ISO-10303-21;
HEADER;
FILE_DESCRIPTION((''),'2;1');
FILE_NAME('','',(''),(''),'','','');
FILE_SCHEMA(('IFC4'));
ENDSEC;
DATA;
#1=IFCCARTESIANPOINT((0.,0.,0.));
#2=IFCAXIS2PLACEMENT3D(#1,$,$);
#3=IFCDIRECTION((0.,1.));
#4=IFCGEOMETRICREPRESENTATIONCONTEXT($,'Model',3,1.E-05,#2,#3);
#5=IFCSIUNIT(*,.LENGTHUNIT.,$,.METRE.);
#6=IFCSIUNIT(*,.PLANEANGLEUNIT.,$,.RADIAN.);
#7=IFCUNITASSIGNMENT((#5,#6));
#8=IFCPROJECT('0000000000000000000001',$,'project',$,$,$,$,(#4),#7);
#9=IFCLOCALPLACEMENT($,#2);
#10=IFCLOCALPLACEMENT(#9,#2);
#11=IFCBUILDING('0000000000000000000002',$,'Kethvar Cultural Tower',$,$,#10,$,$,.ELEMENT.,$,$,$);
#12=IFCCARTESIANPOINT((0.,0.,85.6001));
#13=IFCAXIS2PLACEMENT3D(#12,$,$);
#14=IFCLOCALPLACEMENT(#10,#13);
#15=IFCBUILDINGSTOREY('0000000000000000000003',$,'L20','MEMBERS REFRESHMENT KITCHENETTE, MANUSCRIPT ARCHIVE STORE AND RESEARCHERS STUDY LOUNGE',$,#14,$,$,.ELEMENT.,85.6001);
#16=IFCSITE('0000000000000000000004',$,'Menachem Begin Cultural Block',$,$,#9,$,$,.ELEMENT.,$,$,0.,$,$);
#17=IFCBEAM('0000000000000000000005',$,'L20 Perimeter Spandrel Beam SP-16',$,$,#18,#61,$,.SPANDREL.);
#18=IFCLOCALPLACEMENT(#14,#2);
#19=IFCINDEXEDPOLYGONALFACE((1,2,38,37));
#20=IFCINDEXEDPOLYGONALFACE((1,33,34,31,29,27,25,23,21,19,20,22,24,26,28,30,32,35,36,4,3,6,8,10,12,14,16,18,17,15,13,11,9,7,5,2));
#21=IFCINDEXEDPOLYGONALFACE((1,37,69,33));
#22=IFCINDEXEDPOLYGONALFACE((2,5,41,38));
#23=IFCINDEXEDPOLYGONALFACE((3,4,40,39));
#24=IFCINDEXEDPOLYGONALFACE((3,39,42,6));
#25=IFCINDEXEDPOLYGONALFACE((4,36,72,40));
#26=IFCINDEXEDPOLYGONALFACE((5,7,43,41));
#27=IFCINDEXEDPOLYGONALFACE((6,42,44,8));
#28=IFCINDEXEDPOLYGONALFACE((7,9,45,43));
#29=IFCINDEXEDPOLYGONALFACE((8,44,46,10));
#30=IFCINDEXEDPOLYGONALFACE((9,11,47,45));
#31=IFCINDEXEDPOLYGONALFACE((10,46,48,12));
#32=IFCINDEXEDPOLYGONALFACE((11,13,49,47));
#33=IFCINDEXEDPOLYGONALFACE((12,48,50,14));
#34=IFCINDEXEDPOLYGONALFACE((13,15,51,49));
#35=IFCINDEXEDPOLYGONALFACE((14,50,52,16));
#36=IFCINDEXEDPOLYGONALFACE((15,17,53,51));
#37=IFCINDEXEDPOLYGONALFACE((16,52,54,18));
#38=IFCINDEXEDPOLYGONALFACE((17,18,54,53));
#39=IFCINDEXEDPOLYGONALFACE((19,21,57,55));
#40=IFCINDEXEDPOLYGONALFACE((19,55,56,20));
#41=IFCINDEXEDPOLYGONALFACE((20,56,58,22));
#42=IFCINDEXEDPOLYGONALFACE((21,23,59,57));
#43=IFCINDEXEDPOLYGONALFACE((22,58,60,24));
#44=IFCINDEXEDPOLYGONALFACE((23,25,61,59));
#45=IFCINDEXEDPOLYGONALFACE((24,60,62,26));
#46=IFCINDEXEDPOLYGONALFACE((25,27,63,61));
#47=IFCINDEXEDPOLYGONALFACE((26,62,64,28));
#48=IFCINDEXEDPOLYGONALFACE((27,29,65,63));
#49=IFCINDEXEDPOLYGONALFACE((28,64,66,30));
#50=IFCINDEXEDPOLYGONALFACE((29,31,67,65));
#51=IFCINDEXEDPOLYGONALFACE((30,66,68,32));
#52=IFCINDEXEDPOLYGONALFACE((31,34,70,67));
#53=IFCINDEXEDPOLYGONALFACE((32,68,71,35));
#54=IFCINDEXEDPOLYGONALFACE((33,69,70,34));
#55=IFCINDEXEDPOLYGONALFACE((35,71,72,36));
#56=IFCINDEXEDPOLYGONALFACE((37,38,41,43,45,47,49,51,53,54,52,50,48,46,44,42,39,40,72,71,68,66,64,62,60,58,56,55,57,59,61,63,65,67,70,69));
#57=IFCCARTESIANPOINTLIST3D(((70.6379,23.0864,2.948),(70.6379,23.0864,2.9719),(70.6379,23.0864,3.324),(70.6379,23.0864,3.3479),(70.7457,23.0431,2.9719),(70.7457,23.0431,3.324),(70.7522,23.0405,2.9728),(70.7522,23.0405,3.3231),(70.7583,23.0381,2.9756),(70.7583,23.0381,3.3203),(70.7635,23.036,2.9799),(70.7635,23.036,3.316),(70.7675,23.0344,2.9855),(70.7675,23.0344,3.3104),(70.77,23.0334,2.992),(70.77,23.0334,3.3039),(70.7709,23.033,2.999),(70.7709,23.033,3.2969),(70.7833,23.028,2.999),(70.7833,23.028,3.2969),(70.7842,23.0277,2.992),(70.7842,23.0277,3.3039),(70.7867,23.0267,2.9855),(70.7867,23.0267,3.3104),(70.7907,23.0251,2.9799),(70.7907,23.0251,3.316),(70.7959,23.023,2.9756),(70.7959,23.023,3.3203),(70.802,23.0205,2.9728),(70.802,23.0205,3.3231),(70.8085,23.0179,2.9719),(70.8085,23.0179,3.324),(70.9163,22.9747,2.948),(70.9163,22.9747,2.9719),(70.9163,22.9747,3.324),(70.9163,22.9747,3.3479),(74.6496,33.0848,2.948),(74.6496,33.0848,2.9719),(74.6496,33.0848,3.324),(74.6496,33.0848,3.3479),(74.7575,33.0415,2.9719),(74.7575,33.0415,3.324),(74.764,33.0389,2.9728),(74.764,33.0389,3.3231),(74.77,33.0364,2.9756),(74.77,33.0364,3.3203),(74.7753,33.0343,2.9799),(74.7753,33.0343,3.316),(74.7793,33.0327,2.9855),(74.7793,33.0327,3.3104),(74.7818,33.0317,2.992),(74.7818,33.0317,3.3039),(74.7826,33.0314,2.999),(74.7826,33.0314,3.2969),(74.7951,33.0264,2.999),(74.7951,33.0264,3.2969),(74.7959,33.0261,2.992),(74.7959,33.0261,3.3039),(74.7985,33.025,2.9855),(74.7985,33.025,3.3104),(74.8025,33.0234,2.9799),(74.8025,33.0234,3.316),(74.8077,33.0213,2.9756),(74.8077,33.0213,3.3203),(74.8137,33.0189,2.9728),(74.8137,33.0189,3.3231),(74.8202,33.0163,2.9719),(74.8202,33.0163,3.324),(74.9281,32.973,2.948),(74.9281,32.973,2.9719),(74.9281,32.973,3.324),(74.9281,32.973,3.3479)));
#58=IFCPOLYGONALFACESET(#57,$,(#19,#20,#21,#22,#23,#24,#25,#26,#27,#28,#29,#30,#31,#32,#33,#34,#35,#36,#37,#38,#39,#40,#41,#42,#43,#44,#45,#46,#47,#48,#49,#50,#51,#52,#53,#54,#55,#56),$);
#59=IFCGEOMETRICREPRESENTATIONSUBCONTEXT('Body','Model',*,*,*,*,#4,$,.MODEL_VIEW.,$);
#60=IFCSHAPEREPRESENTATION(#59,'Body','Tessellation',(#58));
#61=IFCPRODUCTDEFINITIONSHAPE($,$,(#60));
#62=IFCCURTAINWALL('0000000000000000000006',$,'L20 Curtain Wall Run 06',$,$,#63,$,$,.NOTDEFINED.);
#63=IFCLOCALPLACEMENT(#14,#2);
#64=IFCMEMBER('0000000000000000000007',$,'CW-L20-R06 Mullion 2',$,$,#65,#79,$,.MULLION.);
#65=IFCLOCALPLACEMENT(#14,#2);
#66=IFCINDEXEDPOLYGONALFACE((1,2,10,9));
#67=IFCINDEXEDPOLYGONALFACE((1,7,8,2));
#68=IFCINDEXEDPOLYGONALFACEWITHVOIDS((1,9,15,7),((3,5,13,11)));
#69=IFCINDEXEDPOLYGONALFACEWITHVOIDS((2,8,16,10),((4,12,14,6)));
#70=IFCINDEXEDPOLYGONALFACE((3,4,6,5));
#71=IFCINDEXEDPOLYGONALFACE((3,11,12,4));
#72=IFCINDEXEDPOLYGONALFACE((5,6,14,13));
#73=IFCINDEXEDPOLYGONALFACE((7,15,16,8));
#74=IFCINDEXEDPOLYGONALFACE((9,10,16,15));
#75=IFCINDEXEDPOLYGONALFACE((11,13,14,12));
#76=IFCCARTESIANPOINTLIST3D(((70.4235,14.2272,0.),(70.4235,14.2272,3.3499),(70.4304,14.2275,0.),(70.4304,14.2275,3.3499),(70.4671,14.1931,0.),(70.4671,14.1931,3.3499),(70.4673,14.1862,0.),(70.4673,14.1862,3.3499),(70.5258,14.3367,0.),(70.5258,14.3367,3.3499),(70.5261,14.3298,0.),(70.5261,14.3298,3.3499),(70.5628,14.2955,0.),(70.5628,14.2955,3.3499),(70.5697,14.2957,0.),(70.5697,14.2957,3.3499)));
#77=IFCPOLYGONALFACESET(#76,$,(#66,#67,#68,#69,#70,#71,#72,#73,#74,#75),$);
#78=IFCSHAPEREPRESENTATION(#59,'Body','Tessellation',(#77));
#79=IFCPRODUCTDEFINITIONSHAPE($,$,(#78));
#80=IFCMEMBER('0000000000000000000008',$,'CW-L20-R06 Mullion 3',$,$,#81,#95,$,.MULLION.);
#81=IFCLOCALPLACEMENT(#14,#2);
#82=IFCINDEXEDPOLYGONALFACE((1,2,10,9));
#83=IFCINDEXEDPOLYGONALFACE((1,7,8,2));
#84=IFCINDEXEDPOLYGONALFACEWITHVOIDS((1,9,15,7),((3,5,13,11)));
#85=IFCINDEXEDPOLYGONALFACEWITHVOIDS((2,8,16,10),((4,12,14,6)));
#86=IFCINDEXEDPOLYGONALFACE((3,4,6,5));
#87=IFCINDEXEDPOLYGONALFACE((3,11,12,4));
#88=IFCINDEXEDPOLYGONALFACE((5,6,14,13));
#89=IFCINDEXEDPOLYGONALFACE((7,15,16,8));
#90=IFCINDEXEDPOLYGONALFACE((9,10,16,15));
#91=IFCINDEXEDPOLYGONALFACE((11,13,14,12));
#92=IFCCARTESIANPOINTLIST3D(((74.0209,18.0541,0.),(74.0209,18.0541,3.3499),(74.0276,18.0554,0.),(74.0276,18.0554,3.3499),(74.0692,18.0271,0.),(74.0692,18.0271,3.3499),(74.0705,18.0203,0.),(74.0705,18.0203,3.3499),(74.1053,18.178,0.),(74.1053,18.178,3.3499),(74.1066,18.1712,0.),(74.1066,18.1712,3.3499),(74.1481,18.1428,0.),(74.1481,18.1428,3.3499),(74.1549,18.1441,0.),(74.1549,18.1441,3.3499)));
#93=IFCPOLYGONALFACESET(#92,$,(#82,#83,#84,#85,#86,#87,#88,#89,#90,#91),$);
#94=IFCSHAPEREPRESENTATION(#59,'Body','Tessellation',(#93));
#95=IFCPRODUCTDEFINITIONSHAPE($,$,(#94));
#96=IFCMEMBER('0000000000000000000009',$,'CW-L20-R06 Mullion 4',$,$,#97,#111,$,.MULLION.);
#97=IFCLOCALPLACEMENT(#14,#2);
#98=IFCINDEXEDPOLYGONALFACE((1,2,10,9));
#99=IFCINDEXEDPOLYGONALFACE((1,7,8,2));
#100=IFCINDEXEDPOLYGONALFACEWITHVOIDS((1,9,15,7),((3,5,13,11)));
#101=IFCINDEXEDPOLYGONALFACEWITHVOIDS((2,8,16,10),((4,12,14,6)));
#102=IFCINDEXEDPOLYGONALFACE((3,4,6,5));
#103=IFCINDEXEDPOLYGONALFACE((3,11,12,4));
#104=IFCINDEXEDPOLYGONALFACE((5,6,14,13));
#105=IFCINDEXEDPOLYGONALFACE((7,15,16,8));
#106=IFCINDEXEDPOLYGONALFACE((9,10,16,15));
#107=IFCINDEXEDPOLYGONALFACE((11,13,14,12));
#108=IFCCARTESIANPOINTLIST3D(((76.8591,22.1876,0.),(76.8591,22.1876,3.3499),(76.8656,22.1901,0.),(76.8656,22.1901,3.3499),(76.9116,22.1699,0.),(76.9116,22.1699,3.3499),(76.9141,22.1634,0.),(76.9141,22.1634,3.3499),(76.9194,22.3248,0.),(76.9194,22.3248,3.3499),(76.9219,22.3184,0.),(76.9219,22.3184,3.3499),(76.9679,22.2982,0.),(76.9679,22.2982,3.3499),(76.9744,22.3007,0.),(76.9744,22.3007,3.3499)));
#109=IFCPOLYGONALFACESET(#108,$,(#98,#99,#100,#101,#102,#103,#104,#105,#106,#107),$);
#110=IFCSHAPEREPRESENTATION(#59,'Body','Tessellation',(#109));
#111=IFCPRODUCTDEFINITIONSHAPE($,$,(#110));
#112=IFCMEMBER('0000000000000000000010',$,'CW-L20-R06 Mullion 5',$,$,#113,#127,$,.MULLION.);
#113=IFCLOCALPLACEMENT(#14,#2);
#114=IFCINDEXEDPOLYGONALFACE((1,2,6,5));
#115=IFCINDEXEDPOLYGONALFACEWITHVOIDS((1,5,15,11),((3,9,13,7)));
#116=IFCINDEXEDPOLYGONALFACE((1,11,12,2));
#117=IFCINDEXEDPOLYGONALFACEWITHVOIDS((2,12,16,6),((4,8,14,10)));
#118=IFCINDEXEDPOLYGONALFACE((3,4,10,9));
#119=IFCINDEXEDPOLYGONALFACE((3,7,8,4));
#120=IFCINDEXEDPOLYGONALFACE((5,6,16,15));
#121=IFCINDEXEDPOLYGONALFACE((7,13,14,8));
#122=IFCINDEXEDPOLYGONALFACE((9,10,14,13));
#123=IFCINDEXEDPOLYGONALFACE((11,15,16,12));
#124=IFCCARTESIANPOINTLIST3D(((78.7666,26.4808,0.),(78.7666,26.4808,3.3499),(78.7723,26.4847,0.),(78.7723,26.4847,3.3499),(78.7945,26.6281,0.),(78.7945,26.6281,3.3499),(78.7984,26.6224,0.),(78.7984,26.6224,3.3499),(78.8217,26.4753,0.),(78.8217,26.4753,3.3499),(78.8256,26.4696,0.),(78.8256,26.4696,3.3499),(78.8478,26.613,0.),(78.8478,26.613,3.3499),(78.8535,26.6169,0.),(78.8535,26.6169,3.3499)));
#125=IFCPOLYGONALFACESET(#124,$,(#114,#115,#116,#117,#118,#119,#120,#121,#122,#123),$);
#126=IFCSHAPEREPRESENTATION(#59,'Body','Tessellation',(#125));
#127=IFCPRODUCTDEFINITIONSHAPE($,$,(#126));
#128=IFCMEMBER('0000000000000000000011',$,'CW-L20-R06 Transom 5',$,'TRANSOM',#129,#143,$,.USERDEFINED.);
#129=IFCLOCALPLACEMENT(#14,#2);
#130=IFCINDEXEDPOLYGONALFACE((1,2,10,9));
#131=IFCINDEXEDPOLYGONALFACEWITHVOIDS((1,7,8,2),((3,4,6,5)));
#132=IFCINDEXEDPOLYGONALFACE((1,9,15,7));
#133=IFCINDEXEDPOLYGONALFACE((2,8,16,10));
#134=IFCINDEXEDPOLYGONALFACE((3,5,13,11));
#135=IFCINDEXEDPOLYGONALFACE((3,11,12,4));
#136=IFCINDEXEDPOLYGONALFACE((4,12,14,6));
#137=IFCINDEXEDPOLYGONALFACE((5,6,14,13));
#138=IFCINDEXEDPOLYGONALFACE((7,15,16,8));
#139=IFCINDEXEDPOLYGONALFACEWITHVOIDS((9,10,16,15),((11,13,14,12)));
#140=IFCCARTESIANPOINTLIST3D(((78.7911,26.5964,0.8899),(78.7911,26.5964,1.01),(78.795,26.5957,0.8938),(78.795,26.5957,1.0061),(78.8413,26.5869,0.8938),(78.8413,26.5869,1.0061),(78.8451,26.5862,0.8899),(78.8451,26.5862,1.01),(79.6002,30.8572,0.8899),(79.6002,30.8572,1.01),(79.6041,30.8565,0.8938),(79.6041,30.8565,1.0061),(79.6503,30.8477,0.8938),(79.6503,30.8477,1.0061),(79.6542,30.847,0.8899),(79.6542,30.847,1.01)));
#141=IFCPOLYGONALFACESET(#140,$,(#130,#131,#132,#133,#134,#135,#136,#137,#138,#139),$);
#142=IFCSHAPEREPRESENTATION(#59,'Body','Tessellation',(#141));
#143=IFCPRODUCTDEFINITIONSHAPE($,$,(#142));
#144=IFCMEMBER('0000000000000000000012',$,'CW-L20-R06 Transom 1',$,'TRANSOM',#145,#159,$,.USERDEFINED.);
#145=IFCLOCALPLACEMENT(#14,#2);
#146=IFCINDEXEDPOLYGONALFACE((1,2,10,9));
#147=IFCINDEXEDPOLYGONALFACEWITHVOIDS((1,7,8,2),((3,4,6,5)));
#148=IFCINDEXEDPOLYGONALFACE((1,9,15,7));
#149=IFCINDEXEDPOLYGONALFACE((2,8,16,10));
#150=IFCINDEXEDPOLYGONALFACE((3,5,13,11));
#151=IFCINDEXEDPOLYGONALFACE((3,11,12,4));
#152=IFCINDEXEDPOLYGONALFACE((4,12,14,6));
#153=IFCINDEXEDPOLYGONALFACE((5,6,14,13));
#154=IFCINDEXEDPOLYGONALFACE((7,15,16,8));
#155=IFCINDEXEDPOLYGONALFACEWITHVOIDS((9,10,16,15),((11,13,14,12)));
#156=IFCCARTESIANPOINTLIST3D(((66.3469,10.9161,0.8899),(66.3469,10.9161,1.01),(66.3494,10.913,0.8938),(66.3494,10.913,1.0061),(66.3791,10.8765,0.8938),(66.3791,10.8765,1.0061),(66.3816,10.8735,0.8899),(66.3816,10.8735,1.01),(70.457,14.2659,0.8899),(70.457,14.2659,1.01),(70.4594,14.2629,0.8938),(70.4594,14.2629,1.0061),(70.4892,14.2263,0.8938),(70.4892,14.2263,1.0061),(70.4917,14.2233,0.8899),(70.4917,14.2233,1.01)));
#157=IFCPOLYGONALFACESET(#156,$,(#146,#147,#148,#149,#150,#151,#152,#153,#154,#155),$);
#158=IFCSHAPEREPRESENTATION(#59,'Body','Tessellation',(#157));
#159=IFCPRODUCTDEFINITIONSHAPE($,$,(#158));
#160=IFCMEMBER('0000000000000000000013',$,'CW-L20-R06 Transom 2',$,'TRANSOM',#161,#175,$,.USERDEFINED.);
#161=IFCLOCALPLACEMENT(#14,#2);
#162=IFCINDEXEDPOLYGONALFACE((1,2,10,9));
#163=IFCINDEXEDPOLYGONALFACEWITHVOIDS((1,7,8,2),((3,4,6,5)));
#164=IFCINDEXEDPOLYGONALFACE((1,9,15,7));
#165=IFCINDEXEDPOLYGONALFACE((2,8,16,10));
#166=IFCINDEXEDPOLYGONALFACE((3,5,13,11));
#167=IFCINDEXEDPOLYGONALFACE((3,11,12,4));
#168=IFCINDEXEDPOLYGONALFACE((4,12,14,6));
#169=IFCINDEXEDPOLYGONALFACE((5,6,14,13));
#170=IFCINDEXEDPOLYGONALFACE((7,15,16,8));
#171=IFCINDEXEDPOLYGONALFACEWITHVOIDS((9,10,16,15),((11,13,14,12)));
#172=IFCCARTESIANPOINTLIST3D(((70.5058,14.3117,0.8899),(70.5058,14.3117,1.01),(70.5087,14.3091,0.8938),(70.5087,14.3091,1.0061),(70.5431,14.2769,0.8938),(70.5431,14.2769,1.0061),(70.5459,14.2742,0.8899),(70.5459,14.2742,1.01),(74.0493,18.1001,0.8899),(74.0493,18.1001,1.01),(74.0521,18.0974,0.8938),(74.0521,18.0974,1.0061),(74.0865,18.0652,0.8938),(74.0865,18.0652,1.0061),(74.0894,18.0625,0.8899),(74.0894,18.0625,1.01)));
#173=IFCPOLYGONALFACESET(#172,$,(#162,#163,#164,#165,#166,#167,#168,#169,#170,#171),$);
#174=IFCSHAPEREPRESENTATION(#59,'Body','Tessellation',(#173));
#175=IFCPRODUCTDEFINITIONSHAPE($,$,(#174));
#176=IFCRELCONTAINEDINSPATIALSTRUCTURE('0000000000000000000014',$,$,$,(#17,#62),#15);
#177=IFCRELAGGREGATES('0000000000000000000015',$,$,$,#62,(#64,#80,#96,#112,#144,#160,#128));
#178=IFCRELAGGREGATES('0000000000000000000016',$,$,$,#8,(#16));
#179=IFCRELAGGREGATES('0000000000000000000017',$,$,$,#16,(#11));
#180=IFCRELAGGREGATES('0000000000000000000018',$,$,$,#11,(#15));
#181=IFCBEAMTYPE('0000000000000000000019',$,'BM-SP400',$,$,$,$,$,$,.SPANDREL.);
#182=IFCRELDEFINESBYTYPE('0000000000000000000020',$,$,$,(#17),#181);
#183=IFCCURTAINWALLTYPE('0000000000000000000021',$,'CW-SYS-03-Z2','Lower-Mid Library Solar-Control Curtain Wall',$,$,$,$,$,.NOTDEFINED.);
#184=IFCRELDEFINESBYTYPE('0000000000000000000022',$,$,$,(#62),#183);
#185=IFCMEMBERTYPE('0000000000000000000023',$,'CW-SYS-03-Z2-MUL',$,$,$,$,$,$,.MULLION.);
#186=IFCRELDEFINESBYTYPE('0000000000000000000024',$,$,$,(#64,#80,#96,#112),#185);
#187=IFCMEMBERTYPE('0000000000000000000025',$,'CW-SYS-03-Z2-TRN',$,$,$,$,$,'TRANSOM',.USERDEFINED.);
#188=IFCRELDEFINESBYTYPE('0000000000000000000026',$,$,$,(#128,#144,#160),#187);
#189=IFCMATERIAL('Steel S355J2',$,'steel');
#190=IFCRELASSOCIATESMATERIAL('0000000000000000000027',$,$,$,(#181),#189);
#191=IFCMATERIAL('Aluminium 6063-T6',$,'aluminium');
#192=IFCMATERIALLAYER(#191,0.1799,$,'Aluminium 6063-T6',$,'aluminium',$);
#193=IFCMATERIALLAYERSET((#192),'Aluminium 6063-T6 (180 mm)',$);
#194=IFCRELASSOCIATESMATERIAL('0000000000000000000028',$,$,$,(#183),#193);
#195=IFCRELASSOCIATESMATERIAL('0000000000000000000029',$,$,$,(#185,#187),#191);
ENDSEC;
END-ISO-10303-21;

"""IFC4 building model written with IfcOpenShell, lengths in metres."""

from ifc_helpers import new_model, si_unit, direction, frame, origin, origin_2d, place, context, subcontext, project, spatial, hollow_rectangle, i_section, extrude, source, transform, mapped, material, layer, layer_set, material_profile, profile_set, type_object, element, aggregate, save


model = new_model("IFC4")

# Units and contexts
model_context = context("Model", 3, precision=1e-05, world=origin(), true_north=direction((0.0, 1.0)))
body_context = subcontext(model_context, "Body", "Model", "MODEL_VIEW")
ifc_project = project(units=[si_unit("LENGTHUNIT", "METRE"), si_unit("PLANEANGLEUNIT", "RADIAN")], contexts=[model_context])

# Site, building, storey
site_placement = place(None, origin())
site = spatial("IfcSite", under=ifc_project, at=site_placement, Name="Menachem Begin Cultural Block", CompositionType="ELEMENT", RefElevation=0.0)
building_placement = place(site_placement, origin())
building = spatial("IfcBuilding", under=site, at=building_placement, Name="Kethvar Cultural Tower", CompositionType="ELEMENT")
storey_placement = place(building_placement, frame((0.0, 0.0, 85.6001)))
storey = spatial("IfcBuildingStorey", under=building, at=storey_placement, Name="L20", Description="MEMBERS REFRESHMENT KITCHENETTE, MANUSCRIPT ARCHIVE STORE AND RESEARCHERS STUDY LOUNGE", CompositionType="ELEMENT", Elevation=85.6001)

# Beam
ifc_material_1 = material(Name="Steel S355J2", Category="steel")
ifc_material_profile_1 = material_profile(ifc_material_1, i_section(OverallWidth=0.3, OverallDepth=0.3999, WebThickness=0.0134, FlangeThickness=0.0239, FilletRadius=0.0271, at=origin_2d()), Name="Steel S355J2 — HEB400")
ifc_profile_set_1 = profile_set([ifc_material_profile_1], Name="Steel S355J2 — HEB400")
beam_type_1 = type_object("IfcBeamType", Name="BM-SP400", PredefinedType="SPANDREL", material=ifc_profile_set_1)
shared_shape_1 = source(origin(), body_context, "Body", "SweptSolid", [
    extrude(i_section(OverallWidth=0.3, OverallDepth=0.3999, WebThickness=0.0134, FlangeThickness=0.0239, FilletRadius=0.0271, at=origin_2d()), origin(), (0.0, 0.0, 1.0), 10.7732),
])
beam_1_placement = place(storey_placement, frame((70.7771, 23.0305, 3.1479), z_axis=(0.372383, 0.928079, 0.0), x_axis=(-0.928079, 0.372383, 0.0)))
element("IfcBeam", 1, at=beam_1_placement, inside=storey, type_object=beam_type_1, Name="L20 Perimeter Spandrel Beam SP-16", PredefinedType="SPANDREL", context=body_context, shape_type="MappedRepresentation", body=[
    mapped(shared_shape_1, transform((0.0, 0.0, 0.0), scale=1.0)),
])

# Curtain wall, members
ifc_material_2 = material(Name="Aluminium 6063-T6", Category="aluminium")
ifc_layer_1 = layer(ifc_material_2, 0.1799, Name="Aluminium 6063-T6", Category="aluminium")
ifc_layer_set_1 = layer_set([ifc_layer_1], Name="Aluminium 6063-T6 (180 mm)")
curtain_wall_type = type_object("IfcCurtainWallType", Name="CW-SYS-03-Z2", Description="Lower-Mid Library Solar-Control Curtain Wall", PredefinedType="NOTDEFINED", material=ifc_layer_set_1)
curtain_wall_placement = place(storey_placement, origin())
curtain_wall = element("IfcCurtainWall", 2, at=curtain_wall_placement, inside=storey, type_object=curtain_wall_type, Name="L20 Curtain Wall Run 06", PredefinedType="NOTDEFINED")
ifc_material_profile_2 = material_profile(ifc_material_2, hollow_rectangle(XDim=0.0601, YDim=0.1499, WallThickness=0.0049, at=origin_2d()), Name="Aluminium 6063-T6 — RHS150x60x5")
ifc_profile_set_2 = profile_set([ifc_material_profile_2], Name="Aluminium 6063-T6 — RHS150x60x5")
member_type_1 = type_object("IfcMemberType", Name="CW-SYS-03-Z2-MUL", PredefinedType="MULLION", material=ifc_profile_set_2)
shared_shape_2 = source(origin(), body_context, "Body", "SweptSolid", [
    extrude(hollow_rectangle(XDim=0.0601, YDim=0.1499, WallThickness=0.0049, at=origin_2d()), origin(), (0.0, 0.0, 1.0), 3.3499),
])
member_1_placement = place(storey_placement, frame((70.4966, 14.2615, 0.0), z_axis=(0.0, 0.0, 1.0), x_axis=(-0.730329, 0.683095, 0.0)))
member_1 = element("IfcMember", 3, at=member_1_placement, type_object=member_type_1, Name="CW-L20-R06 Mullion 2", PredefinedType="MULLION", context=body_context, shape_type="MappedRepresentation", body=[
    mapped(shared_shape_2, transform((0.0, 0.0, 0.0), scale=1.0)),
])
member_2_placement = place(storey_placement, frame((74.0879, 18.0991, 0.0), z_axis=(0.0, 0.0, 1.0), x_axis=(-0.826197, 0.563382, 0.0)))
member_2 = element("IfcMember", 4, at=member_2_placement, type_object=member_type_1, Name="CW-L20-R06 Mullion 3", PredefinedType="MULLION", context=body_context, shape_type="MappedRepresentation", body=[
    mapped(shared_shape_2, transform((0.0, 0.0, 0.0), scale=1.0)),
])
member_3_placement = place(storey_placement, frame((76.9167, 22.2441, 0.0), z_axis=(0.0, 0.0, 1.0), x_axis=(-0.915628, 0.402028, 0.0)))
member_3 = element("IfcMember", 5, at=member_3_placement, type_object=member_type_1, Name="CW-L20-R06 Mullion 4", PredefinedType="MULLION", context=body_context, shape_type="MappedRepresentation", body=[
    mapped(shared_shape_2, transform((0.0, 0.0, 0.0), scale=1.0)),
])
member_4_placement = place(storey_placement, frame((78.8101, 26.5488, 0.0), z_axis=(0.0, 0.0, 1.0), x_axis=(-0.982444, 0.186558, 0.0)))
member_4 = element("IfcMember", 6, at=member_4_placement, type_object=member_type_1, Name="CW-L20-R06 Mullion 5", PredefinedType="MULLION", context=body_context, shape_type="MappedRepresentation", body=[
    mapped(shared_shape_2, transform((0.0, 0.0, 0.0), scale=1.0)),
])
ifc_material_profile_3 = material_profile(ifc_material_2, hollow_rectangle(XDim=0.0549, YDim=0.1201, WallThickness=0.0039, at=origin_2d()), Name="Aluminium 6063-T6 — RHS120x55x4")
ifc_profile_set_3 = profile_set([ifc_material_profile_3], Name="Aluminium 6063-T6 — RHS120x55x4")
member_type_2 = type_object("IfcMemberType", Name="CW-SYS-03-Z2-TRN", ElementType="TRANSOM", PredefinedType="USERDEFINED", material=ifc_profile_set_3)
shared_shape_3 = source(origin(), body_context, "Body", "SweptSolid", [
    extrude(hollow_rectangle(XDim=0.0549, YDim=0.1201, WallThickness=0.0039, at=origin_2d()), origin(), (0.0, 0.0, 1.0), 4.3369),
])
member_5_placement = place(storey_placement, frame((78.8181, 26.5913, 0.95), z_axis=(0.186558, 0.982444, 0.0), x_axis=(-0.982444, 0.186558, 0.0)))
member_5 = element("IfcMember", 7, at=member_5_placement, type_object=member_type_2, Name="CW-L20-R06 Transom 5", ObjectType="TRANSOM", PredefinedType="USERDEFINED", context=body_context, shape_type="MappedRepresentation", body=[
    mapped(shared_shape_3, transform((0.0, 0.0, 0.0), scale=1.0)),
])
shared_shape_4 = source(origin(), body_context, "Body", "SweptSolid", [
    extrude(hollow_rectangle(XDim=0.0549, YDim=0.1201, WallThickness=0.0039, at=origin_2d()), origin(), (0.0, 0.0, 1.0), 5.3022),
])
member_6_placement = place(storey_placement, frame((66.3643, 10.8948, 0.95), z_axis=(0.775154, 0.631772, 0.0), x_axis=(-0.631772, 0.775154, 0.0)))
member_6 = element("IfcMember", 8, at=member_6_placement, type_object=member_type_2, Name="CW-L20-R06 Transom 1", ObjectType="TRANSOM", PredefinedType="USERDEFINED", context=body_context, shape_type="MappedRepresentation", body=[
    mapped(shared_shape_4, transform((0.0, 0.0, 0.0), scale=1.0)),
])
shared_shape_5 = source(origin(), body_context, "Body", "SweptSolid", [
    extrude(hollow_rectangle(XDim=0.0549, YDim=0.1201, WallThickness=0.0039, at=origin_2d()), origin(), (0.0, 0.0, 1.0), 5.1873),
])
member_7_placement = place(storey_placement, frame((70.5259, 14.293, 0.95), z_axis=(0.683109, 0.730316, 0.0), x_axis=(-0.730316, 0.683109, 0.0)))
member_7 = element("IfcMember", 9, at=member_7_placement, type_object=member_type_2, Name="CW-L20-R06 Transom 2", ObjectType="TRANSOM", PredefinedType="USERDEFINED", context=body_context, shape_type="MappedRepresentation", body=[
    mapped(shared_shape_5, transform((0.0, 0.0, 0.0), scale=1.0)),
])
aggregate(curtain_wall, [member_1, member_2, member_3, member_4, member_6, member_7, member_5])

save(model, "model.ifc")
